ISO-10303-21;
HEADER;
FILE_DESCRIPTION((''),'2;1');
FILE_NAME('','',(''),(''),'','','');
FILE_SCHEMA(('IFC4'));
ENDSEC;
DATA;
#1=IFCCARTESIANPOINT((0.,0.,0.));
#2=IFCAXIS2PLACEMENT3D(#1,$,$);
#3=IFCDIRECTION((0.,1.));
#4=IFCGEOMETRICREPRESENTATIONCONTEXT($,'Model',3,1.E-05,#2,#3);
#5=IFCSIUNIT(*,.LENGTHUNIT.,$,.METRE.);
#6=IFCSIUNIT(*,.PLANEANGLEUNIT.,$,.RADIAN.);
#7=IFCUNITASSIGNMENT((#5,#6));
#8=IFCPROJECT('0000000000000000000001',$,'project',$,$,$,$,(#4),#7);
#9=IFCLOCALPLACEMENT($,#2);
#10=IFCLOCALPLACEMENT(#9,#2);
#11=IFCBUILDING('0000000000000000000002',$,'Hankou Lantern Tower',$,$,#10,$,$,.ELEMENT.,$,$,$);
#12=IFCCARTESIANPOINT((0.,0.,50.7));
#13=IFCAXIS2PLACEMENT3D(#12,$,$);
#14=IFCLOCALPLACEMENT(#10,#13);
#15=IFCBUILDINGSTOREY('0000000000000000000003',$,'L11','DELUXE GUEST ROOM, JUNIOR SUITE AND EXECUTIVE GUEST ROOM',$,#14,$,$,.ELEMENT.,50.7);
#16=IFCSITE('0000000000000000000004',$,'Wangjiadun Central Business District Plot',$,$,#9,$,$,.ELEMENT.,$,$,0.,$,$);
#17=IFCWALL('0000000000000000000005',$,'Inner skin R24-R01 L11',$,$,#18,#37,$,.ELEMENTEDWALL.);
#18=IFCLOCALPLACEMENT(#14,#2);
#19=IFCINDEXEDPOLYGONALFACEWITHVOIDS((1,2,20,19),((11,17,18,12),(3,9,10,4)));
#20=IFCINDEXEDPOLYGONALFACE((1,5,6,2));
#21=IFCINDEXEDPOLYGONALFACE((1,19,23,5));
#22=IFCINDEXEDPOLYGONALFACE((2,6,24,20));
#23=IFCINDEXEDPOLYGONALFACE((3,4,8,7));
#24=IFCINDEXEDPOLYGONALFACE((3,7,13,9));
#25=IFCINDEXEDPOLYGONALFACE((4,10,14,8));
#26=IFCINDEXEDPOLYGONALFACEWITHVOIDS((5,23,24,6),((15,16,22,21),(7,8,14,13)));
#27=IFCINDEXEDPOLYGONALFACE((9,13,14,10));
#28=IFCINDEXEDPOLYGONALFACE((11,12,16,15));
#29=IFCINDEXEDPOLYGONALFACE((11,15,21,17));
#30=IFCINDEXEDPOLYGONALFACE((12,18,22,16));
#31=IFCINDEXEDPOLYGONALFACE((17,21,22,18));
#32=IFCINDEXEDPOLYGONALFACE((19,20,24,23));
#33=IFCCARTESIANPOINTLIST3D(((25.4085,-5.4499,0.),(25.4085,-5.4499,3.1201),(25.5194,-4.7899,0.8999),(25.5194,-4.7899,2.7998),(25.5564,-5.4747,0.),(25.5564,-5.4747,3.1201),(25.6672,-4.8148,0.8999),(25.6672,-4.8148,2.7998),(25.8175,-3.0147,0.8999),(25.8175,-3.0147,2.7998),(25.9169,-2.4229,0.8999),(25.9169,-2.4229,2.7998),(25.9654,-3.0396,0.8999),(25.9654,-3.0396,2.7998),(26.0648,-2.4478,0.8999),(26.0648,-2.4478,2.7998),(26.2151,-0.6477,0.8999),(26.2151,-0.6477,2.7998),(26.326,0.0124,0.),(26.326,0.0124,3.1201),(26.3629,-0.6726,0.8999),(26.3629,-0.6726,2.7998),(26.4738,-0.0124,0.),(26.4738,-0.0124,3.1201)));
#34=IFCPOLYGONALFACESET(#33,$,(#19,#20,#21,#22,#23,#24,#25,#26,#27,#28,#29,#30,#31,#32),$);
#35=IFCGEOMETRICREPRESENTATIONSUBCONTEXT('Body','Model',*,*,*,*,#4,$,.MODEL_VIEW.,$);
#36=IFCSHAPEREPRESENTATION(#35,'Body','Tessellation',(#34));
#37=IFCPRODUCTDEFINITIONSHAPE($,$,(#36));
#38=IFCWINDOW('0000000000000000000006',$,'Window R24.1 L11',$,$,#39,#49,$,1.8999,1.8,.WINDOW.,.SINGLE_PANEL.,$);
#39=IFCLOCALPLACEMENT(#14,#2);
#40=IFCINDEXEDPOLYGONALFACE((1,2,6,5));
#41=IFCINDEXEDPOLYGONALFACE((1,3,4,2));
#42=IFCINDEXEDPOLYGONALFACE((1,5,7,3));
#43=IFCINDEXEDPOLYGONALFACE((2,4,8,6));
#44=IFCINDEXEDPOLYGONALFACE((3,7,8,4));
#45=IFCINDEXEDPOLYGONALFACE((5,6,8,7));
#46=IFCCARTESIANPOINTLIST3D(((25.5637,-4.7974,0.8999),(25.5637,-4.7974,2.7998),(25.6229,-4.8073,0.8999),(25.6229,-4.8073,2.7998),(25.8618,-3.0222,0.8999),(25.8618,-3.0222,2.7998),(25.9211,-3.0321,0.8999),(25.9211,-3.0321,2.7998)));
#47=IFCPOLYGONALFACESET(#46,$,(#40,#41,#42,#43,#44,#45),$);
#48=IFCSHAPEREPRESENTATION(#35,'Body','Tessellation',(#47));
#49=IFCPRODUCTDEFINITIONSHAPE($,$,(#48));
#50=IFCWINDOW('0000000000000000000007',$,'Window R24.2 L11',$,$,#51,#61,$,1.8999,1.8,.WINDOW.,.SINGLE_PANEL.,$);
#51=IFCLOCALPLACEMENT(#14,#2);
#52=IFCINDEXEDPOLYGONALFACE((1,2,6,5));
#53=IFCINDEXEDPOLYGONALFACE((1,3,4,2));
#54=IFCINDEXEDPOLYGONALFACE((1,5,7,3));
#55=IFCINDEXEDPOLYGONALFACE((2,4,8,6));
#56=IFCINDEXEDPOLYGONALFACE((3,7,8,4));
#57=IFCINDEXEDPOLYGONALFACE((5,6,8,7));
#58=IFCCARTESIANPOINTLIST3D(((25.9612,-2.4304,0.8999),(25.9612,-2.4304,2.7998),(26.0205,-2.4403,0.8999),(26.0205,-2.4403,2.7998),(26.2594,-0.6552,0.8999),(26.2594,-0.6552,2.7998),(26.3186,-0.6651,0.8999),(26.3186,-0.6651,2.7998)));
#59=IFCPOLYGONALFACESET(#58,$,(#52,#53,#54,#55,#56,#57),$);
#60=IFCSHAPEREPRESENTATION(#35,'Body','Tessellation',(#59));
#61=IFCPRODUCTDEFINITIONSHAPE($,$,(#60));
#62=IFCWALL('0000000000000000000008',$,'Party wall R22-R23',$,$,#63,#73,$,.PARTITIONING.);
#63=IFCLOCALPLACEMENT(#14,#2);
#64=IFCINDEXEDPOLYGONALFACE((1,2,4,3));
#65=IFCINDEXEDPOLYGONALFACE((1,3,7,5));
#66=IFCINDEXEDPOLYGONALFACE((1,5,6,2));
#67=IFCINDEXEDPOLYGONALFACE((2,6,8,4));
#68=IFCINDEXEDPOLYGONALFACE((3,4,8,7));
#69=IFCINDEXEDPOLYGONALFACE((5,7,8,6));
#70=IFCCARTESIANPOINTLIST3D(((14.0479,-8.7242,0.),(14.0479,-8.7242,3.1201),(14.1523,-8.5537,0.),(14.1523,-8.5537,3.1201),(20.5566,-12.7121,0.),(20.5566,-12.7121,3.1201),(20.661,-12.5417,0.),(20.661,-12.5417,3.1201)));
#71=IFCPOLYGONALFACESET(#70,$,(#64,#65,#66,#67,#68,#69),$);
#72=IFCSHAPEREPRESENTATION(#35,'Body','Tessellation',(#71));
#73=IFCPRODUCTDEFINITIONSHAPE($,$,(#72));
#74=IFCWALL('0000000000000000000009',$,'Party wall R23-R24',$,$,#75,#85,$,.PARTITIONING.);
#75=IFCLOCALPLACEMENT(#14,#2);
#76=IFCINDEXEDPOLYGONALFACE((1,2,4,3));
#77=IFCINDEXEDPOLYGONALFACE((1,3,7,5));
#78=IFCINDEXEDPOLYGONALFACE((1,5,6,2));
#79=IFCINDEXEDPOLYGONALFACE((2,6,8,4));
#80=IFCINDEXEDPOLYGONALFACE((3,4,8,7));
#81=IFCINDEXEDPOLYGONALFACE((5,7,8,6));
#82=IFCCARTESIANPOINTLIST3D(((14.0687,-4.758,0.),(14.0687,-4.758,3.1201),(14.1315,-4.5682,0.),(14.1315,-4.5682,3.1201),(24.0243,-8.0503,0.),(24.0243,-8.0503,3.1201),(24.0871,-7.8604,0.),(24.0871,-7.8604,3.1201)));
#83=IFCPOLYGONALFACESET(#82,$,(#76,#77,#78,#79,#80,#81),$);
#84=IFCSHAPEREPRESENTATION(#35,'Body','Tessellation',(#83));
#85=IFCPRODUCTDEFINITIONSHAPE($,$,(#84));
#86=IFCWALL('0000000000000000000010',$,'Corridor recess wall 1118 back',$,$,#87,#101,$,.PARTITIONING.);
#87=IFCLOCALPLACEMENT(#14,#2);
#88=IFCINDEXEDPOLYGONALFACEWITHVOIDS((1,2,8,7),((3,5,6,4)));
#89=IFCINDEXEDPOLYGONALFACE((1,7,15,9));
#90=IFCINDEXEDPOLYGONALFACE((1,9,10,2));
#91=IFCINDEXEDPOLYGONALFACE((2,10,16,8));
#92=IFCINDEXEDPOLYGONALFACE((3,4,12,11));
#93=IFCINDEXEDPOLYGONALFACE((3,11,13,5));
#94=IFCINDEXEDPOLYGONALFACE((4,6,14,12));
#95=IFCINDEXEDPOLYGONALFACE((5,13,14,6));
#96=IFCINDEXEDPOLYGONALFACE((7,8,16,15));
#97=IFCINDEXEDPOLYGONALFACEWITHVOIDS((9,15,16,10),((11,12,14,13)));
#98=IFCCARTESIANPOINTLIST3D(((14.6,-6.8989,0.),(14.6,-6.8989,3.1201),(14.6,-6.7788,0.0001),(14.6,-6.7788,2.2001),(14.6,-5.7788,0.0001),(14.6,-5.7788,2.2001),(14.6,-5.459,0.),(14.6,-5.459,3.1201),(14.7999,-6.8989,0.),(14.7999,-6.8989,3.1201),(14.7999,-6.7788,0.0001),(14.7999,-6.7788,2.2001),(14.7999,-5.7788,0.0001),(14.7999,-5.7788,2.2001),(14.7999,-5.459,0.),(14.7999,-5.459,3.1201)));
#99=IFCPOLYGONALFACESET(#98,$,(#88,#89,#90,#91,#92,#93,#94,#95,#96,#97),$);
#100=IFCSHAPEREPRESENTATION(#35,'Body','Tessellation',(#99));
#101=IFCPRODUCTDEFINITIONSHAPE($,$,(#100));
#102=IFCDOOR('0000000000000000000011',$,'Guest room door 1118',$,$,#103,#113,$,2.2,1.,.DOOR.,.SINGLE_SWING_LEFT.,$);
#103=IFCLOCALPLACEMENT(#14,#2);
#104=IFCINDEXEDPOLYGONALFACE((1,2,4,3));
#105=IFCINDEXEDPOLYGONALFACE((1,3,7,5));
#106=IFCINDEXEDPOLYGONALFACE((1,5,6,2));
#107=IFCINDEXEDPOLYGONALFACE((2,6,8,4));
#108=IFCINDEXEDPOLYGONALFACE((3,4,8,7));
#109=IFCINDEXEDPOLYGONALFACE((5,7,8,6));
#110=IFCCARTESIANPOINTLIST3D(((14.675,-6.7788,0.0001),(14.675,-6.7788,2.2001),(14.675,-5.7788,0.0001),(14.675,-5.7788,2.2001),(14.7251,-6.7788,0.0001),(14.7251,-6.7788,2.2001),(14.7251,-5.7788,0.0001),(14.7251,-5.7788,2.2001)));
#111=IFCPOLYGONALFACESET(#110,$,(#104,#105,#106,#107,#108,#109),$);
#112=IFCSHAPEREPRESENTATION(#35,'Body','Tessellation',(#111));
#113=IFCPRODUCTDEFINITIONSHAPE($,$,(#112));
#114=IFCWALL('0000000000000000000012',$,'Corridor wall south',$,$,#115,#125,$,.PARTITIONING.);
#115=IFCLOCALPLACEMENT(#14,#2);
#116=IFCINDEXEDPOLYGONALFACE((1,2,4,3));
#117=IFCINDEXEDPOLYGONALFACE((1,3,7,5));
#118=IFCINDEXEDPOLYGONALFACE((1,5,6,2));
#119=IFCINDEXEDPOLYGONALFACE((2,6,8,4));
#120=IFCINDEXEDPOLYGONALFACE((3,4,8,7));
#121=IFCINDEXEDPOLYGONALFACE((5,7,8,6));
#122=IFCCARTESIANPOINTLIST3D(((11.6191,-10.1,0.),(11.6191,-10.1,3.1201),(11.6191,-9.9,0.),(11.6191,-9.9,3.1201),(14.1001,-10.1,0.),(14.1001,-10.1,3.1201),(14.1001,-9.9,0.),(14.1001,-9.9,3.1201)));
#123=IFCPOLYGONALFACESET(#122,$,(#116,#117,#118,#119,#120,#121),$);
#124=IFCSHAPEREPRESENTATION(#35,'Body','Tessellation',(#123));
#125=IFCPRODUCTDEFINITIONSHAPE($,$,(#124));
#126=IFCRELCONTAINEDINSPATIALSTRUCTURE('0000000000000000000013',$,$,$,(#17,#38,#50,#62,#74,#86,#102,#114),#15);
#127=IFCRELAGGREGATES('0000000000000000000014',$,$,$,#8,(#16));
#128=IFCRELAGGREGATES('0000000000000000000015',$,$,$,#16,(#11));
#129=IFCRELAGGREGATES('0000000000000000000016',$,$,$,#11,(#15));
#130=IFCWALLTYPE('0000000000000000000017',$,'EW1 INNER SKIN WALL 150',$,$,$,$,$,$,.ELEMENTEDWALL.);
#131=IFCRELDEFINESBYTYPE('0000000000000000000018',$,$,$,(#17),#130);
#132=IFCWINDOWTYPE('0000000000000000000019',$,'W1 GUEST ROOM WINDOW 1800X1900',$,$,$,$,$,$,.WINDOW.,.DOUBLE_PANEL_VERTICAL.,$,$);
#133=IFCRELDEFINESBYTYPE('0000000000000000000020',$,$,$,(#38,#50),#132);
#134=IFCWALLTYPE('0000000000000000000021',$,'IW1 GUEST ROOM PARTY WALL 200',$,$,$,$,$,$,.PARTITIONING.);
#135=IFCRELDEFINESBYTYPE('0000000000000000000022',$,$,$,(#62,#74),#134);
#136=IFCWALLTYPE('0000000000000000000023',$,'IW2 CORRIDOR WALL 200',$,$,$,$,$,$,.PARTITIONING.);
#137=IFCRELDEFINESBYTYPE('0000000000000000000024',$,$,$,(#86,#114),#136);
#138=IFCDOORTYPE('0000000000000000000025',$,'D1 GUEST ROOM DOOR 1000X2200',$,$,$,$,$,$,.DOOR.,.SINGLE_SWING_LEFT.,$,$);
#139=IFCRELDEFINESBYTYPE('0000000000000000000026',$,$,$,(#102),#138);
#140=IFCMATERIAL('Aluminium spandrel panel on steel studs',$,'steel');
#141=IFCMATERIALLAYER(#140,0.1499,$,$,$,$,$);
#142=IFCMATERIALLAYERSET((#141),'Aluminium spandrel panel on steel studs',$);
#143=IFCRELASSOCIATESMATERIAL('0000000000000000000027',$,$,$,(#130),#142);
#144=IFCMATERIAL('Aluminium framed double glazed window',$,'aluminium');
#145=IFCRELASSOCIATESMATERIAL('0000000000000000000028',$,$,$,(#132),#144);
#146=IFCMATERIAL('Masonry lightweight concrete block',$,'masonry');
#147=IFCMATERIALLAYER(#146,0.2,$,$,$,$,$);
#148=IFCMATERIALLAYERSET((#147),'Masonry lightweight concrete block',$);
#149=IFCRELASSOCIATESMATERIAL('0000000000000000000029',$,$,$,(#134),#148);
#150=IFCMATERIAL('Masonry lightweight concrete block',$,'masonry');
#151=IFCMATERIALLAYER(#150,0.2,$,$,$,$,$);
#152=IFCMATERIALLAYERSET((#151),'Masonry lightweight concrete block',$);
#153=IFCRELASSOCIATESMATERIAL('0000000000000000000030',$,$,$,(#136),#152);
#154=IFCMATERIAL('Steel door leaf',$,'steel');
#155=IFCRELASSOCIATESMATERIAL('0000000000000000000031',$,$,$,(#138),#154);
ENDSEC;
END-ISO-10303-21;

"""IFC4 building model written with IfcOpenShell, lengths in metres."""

from ifc_helpers import new_model, si_unit, direction, frame, frame_2d, origin, place, context, subcontext, project, spatial, rectangle, extrude, material, layer, layer_set, type_object, element, fill, save


model = new_model("IFC4")

# Units and contexts
model_context = context("Model", 3, precision=1e-05, world=origin(), true_north=direction((0.0, 1.0)))
body_context = subcontext(model_context, "Body", "Model", "MODEL_VIEW")
ifc_project = project(units=[si_unit("LENGTHUNIT", "METRE"), si_unit("PLANEANGLEUNIT", "RADIAN")], contexts=[model_context])

# Site, building, storey
site_placement = place(None, origin())
site = spatial("IfcSite", under=ifc_project, at=site_placement, Name="Wangjiadun Central Business District Plot", CompositionType="ELEMENT", RefElevation=0.0)
building_placement = place(site_placement, origin())
building = spatial("IfcBuilding", under=site, at=building_placement, Name="Hankou Lantern Tower", CompositionType="ELEMENT")
storey_placement = place(building_placement, frame((0.0, 0.0, 50.7)))
storey = spatial("IfcBuildingStorey", under=building, at=storey_placement, Name="L11", Description="DELUXE GUEST ROOM, JUNIOR SUITE AND EXECUTIVE GUEST ROOM", CompositionType="ELEMENT", Elevation=50.7)

# Wall, openings, windows
ifc_material_1 = material(Name="Aluminium spandrel panel on steel studs", Category="steel")
ifc_layer_1 = layer(ifc_material_1, 0.1499)
ifc_layer_set_1 = layer_set([ifc_layer_1], Name="Aluminium spandrel panel on steel studs")
wall_type_1 = type_object("IfcWallType", Name="EW1 INNER SKIN WALL 150", PredefinedType="ELEMENTEDWALL", material=ifc_layer_set_1)
wall_1_placement = place(storey_placement, frame((25.4824, -5.4624, 0.0), z_axis=(0.0, 0.0, 1.0), x_axis=(0.165643, 0.986186, 0.0)))
wall_1 = element("IfcWall", 1, at=wall_1_placement, inside=storey, type_object=wall_type_1, Name="Inner skin R24-R01 L11", PredefinedType="ELEMENTEDWALL", context=body_context, shape_type="SweptSolid", body=[
    extrude(rectangle(XDim=5.5388, YDim=0.1499, at=frame_2d((2.7695, 0.0))), origin(), (0.0, 0.0, 1.0), 3.1201),
])
opening_1_placement = place(wall_1_placement, frame((0.6694, 0.0, 0.8999)))
opening_1 = element("IfcOpeningElement", 2, at=opening_1_placement, cuts=wall_1, PredefinedType="OPENING", context=body_context, shape_type="SweptSolid", body=[
    extrude(rectangle(XDim=1.8, YDim=1.8999, at=frame_2d((0.8999, 0.95))), frame((0.0, 0.085, 0.0), z_axis=(0.0, -1.0, 0.0), x_axis=(1.0, 0.0, 0.0)), (0.0, 0.0, 1.0), 0.1699),
])
opening_2_placement = place(wall_1_placement, frame((3.0696, 0.0, 0.8999)))
opening_2 = element("IfcOpeningElement", 3, at=opening_2_placement, cuts=wall_1, PredefinedType="OPENING", context=body_context, shape_type="SweptSolid", body=[
    extrude(rectangle(XDim=1.8, YDim=1.8999, at=frame_2d((0.8999, 0.95))), frame((0.0, 0.085, 0.0), z_axis=(0.0, -1.0, 0.0), x_axis=(1.0, 0.0, 0.0)), (0.0, 0.0, 1.0), 0.1699),
])
ifc_material_2 = material(Name="Aluminium framed double glazed window", Category="aluminium")
window_type = type_object("IfcWindowType", Name="W1 GUEST ROOM WINDOW 1800X1900", PartitioningType="DOUBLE_PANEL_VERTICAL", PredefinedType="WINDOW", material=ifc_material_2)
window_1_placement = place(opening_1_placement, origin())
window_1 = element("IfcWindow", 4, at=window_1_placement, inside=storey, type_object=window_type, Name="Window R24.1 L11", OverallHeight=1.8999, OverallWidth=1.8, PartitioningType="SINGLE_PANEL", PredefinedType="WINDOW", context=body_context, shape_type="SweptSolid", body=[
    extrude(rectangle(XDim=1.8, YDim=1.8999, at=frame_2d((0.8999, 0.95))), frame((0.0, 0.03, 0.0), z_axis=(0.0, -1.0, 0.0), x_axis=(1.0, 0.0, 0.0)), (0.0, 0.0, 1.0), 0.0601),
])
fill(opening_1, window_1)
window_2_placement = place(opening_2_placement, origin())
window_2 = element("IfcWindow", 5, at=window_2_placement, inside=storey, type_object=window_type, Name="Window R24.2 L11", OverallHeight=1.8999, OverallWidth=1.8, PartitioningType="SINGLE_PANEL", PredefinedType="WINDOW", context=body_context, shape_type="SweptSolid", body=[
    extrude(rectangle(XDim=1.8, YDim=1.8999, at=frame_2d((0.8999, 0.95))), frame((0.0, 0.03, 0.0), z_axis=(0.0, -1.0, 0.0), x_axis=(1.0, 0.0, 0.0)), (0.0, 0.0, 1.0), 0.0601),
])
fill(opening_2, window_2)

# Walls
ifc_material_3 = material(Name="Masonry lightweight concrete block", Category="masonry")
ifc_layer_2 = layer(ifc_material_3, 0.2)
ifc_layer_set_2 = layer_set([ifc_layer_2], Name="Masonry lightweight concrete block")
wall_type_2 = type_object("IfcWallType", Name="IW1 GUEST ROOM PARTY WALL 200", PredefinedType="PARTITIONING", material=ifc_layer_set_2)
wall_2_placement = place(storey_placement, frame((14.1001, -8.6389, 0.0), z_axis=(0.0, 0.0, 1.0), x_axis=(0.852672, -0.522446, 0.0)))
element("IfcWall", 6, at=wall_2_placement, inside=storey, type_object=wall_type_2, Name="Party wall R22-R23", PredefinedType="PARTITIONING", context=body_context, shape_type="SweptSolid", body=[
    extrude(rectangle(XDim=7.6333, YDim=0.2, at=frame_2d((3.8167, 0.0))), origin(), (0.0, 0.0, 1.0), 3.1201),
])
wall_3_placement = place(storey_placement, frame((14.1001, -4.6631, 0.0), z_axis=(0.0, 0.0, 1.0), x_axis=(0.949433, -0.313971, 0.0)))
element("IfcWall", 7, at=wall_3_placement, inside=storey, type_object=wall_type_2, Name="Party wall R23-R24", PredefinedType="PARTITIONING", context=body_context, shape_type="SweptSolid", body=[
    extrude(rectangle(XDim=10.4858, YDim=0.2, at=frame_2d((5.2429, 0.0))), origin(), (0.0, 0.0, 1.0), 3.1201),
])

# Wall, opening, door
ifc_material_4 = material(Name="Masonry lightweight concrete block", Category="masonry")
ifc_layer_3 = layer(ifc_material_4, 0.2)
ifc_layer_set_3 = layer_set([ifc_layer_3], Name="Masonry lightweight concrete block")
wall_type_3 = type_object("IfcWallType", Name="IW2 CORRIDOR WALL 200", PredefinedType="PARTITIONING", material=ifc_layer_set_3)
wall_4_placement = place(storey_placement, frame((14.7, -6.8989, 0.0), z_axis=(0.0, 0.0, 1.0), x_axis=(0.0, 1.0, 0.0)))
wall_4 = element("IfcWall", 8, at=wall_4_placement, inside=storey, type_object=wall_type_3, Name="Corridor recess wall 1118 back", PredefinedType="PARTITIONING", context=body_context, shape_type="SweptSolid", body=[
    extrude(rectangle(XDim=1.4399, YDim=0.2, at=frame_2d((0.72, 0.0))), origin(), (0.0, 0.0, 1.0), 3.1201),
])
opening_3_placement = place(wall_4_placement, frame((0.1201, 0.0, 0.0)))
opening_3 = element("IfcOpeningElement", 9, at=opening_3_placement, cuts=wall_4, PredefinedType="OPENING", context=body_context, shape_type="SweptSolid", body=[
    extrude(rectangle(XDim=1.0, YDim=2.2, at=frame_2d((0.5, 1.1001))), frame((0.0, 0.1099, 0.0), z_axis=(0.0, -1.0, 0.0), x_axis=(1.0, 0.0, 0.0)), (0.0, 0.0, 1.0), 0.22),
])
ifc_material_5 = material(Name="Steel door leaf", Category="steel")
door_type_1 = type_object("IfcDoorType", Name="D1 GUEST ROOM DOOR 1000X2200", OperationType="SINGLE_SWING_LEFT", PredefinedType="DOOR", material=ifc_material_5)
door_1_placement = place(opening_3_placement, origin())
door_1 = element("IfcDoor", 10, at=door_1_placement, inside=storey, type_object=door_type_1, Name="Guest room door 1118", OperationType="SINGLE_SWING_LEFT", OverallHeight=2.2, OverallWidth=1.0, PredefinedType="DOOR", context=body_context, shape_type="SweptSolid", body=[
    extrude(rectangle(XDim=1.0, YDim=2.2, at=frame_2d((0.5, 1.1001))), frame((0.0, 0.0249, 0.0), z_axis=(0.0, -1.0, 0.0), x_axis=(1.0, 0.0, 0.0)), (0.0, 0.0, 1.0), 0.05),
])
fill(opening_3, door_1)

# Wall
wall_5_placement = place(storey_placement, frame((14.1001, -10.0, 0.0), z_axis=(0.0, 0.0, 1.0), x_axis=(-1.0, 0.0, 0.0)))
element("IfcWall", 11, at=wall_5_placement, inside=storey, type_object=wall_type_3, Name="Corridor wall south", PredefinedType="PARTITIONING", context=body_context, shape_type="SweptSolid", body=[
    extrude(rectangle(XDim=2.481, YDim=0.2, at=frame_2d((1.2405, 0.0))), origin(), (0.0, 0.0, 1.0), 3.1201),
])

save(model, "model.ifc")
